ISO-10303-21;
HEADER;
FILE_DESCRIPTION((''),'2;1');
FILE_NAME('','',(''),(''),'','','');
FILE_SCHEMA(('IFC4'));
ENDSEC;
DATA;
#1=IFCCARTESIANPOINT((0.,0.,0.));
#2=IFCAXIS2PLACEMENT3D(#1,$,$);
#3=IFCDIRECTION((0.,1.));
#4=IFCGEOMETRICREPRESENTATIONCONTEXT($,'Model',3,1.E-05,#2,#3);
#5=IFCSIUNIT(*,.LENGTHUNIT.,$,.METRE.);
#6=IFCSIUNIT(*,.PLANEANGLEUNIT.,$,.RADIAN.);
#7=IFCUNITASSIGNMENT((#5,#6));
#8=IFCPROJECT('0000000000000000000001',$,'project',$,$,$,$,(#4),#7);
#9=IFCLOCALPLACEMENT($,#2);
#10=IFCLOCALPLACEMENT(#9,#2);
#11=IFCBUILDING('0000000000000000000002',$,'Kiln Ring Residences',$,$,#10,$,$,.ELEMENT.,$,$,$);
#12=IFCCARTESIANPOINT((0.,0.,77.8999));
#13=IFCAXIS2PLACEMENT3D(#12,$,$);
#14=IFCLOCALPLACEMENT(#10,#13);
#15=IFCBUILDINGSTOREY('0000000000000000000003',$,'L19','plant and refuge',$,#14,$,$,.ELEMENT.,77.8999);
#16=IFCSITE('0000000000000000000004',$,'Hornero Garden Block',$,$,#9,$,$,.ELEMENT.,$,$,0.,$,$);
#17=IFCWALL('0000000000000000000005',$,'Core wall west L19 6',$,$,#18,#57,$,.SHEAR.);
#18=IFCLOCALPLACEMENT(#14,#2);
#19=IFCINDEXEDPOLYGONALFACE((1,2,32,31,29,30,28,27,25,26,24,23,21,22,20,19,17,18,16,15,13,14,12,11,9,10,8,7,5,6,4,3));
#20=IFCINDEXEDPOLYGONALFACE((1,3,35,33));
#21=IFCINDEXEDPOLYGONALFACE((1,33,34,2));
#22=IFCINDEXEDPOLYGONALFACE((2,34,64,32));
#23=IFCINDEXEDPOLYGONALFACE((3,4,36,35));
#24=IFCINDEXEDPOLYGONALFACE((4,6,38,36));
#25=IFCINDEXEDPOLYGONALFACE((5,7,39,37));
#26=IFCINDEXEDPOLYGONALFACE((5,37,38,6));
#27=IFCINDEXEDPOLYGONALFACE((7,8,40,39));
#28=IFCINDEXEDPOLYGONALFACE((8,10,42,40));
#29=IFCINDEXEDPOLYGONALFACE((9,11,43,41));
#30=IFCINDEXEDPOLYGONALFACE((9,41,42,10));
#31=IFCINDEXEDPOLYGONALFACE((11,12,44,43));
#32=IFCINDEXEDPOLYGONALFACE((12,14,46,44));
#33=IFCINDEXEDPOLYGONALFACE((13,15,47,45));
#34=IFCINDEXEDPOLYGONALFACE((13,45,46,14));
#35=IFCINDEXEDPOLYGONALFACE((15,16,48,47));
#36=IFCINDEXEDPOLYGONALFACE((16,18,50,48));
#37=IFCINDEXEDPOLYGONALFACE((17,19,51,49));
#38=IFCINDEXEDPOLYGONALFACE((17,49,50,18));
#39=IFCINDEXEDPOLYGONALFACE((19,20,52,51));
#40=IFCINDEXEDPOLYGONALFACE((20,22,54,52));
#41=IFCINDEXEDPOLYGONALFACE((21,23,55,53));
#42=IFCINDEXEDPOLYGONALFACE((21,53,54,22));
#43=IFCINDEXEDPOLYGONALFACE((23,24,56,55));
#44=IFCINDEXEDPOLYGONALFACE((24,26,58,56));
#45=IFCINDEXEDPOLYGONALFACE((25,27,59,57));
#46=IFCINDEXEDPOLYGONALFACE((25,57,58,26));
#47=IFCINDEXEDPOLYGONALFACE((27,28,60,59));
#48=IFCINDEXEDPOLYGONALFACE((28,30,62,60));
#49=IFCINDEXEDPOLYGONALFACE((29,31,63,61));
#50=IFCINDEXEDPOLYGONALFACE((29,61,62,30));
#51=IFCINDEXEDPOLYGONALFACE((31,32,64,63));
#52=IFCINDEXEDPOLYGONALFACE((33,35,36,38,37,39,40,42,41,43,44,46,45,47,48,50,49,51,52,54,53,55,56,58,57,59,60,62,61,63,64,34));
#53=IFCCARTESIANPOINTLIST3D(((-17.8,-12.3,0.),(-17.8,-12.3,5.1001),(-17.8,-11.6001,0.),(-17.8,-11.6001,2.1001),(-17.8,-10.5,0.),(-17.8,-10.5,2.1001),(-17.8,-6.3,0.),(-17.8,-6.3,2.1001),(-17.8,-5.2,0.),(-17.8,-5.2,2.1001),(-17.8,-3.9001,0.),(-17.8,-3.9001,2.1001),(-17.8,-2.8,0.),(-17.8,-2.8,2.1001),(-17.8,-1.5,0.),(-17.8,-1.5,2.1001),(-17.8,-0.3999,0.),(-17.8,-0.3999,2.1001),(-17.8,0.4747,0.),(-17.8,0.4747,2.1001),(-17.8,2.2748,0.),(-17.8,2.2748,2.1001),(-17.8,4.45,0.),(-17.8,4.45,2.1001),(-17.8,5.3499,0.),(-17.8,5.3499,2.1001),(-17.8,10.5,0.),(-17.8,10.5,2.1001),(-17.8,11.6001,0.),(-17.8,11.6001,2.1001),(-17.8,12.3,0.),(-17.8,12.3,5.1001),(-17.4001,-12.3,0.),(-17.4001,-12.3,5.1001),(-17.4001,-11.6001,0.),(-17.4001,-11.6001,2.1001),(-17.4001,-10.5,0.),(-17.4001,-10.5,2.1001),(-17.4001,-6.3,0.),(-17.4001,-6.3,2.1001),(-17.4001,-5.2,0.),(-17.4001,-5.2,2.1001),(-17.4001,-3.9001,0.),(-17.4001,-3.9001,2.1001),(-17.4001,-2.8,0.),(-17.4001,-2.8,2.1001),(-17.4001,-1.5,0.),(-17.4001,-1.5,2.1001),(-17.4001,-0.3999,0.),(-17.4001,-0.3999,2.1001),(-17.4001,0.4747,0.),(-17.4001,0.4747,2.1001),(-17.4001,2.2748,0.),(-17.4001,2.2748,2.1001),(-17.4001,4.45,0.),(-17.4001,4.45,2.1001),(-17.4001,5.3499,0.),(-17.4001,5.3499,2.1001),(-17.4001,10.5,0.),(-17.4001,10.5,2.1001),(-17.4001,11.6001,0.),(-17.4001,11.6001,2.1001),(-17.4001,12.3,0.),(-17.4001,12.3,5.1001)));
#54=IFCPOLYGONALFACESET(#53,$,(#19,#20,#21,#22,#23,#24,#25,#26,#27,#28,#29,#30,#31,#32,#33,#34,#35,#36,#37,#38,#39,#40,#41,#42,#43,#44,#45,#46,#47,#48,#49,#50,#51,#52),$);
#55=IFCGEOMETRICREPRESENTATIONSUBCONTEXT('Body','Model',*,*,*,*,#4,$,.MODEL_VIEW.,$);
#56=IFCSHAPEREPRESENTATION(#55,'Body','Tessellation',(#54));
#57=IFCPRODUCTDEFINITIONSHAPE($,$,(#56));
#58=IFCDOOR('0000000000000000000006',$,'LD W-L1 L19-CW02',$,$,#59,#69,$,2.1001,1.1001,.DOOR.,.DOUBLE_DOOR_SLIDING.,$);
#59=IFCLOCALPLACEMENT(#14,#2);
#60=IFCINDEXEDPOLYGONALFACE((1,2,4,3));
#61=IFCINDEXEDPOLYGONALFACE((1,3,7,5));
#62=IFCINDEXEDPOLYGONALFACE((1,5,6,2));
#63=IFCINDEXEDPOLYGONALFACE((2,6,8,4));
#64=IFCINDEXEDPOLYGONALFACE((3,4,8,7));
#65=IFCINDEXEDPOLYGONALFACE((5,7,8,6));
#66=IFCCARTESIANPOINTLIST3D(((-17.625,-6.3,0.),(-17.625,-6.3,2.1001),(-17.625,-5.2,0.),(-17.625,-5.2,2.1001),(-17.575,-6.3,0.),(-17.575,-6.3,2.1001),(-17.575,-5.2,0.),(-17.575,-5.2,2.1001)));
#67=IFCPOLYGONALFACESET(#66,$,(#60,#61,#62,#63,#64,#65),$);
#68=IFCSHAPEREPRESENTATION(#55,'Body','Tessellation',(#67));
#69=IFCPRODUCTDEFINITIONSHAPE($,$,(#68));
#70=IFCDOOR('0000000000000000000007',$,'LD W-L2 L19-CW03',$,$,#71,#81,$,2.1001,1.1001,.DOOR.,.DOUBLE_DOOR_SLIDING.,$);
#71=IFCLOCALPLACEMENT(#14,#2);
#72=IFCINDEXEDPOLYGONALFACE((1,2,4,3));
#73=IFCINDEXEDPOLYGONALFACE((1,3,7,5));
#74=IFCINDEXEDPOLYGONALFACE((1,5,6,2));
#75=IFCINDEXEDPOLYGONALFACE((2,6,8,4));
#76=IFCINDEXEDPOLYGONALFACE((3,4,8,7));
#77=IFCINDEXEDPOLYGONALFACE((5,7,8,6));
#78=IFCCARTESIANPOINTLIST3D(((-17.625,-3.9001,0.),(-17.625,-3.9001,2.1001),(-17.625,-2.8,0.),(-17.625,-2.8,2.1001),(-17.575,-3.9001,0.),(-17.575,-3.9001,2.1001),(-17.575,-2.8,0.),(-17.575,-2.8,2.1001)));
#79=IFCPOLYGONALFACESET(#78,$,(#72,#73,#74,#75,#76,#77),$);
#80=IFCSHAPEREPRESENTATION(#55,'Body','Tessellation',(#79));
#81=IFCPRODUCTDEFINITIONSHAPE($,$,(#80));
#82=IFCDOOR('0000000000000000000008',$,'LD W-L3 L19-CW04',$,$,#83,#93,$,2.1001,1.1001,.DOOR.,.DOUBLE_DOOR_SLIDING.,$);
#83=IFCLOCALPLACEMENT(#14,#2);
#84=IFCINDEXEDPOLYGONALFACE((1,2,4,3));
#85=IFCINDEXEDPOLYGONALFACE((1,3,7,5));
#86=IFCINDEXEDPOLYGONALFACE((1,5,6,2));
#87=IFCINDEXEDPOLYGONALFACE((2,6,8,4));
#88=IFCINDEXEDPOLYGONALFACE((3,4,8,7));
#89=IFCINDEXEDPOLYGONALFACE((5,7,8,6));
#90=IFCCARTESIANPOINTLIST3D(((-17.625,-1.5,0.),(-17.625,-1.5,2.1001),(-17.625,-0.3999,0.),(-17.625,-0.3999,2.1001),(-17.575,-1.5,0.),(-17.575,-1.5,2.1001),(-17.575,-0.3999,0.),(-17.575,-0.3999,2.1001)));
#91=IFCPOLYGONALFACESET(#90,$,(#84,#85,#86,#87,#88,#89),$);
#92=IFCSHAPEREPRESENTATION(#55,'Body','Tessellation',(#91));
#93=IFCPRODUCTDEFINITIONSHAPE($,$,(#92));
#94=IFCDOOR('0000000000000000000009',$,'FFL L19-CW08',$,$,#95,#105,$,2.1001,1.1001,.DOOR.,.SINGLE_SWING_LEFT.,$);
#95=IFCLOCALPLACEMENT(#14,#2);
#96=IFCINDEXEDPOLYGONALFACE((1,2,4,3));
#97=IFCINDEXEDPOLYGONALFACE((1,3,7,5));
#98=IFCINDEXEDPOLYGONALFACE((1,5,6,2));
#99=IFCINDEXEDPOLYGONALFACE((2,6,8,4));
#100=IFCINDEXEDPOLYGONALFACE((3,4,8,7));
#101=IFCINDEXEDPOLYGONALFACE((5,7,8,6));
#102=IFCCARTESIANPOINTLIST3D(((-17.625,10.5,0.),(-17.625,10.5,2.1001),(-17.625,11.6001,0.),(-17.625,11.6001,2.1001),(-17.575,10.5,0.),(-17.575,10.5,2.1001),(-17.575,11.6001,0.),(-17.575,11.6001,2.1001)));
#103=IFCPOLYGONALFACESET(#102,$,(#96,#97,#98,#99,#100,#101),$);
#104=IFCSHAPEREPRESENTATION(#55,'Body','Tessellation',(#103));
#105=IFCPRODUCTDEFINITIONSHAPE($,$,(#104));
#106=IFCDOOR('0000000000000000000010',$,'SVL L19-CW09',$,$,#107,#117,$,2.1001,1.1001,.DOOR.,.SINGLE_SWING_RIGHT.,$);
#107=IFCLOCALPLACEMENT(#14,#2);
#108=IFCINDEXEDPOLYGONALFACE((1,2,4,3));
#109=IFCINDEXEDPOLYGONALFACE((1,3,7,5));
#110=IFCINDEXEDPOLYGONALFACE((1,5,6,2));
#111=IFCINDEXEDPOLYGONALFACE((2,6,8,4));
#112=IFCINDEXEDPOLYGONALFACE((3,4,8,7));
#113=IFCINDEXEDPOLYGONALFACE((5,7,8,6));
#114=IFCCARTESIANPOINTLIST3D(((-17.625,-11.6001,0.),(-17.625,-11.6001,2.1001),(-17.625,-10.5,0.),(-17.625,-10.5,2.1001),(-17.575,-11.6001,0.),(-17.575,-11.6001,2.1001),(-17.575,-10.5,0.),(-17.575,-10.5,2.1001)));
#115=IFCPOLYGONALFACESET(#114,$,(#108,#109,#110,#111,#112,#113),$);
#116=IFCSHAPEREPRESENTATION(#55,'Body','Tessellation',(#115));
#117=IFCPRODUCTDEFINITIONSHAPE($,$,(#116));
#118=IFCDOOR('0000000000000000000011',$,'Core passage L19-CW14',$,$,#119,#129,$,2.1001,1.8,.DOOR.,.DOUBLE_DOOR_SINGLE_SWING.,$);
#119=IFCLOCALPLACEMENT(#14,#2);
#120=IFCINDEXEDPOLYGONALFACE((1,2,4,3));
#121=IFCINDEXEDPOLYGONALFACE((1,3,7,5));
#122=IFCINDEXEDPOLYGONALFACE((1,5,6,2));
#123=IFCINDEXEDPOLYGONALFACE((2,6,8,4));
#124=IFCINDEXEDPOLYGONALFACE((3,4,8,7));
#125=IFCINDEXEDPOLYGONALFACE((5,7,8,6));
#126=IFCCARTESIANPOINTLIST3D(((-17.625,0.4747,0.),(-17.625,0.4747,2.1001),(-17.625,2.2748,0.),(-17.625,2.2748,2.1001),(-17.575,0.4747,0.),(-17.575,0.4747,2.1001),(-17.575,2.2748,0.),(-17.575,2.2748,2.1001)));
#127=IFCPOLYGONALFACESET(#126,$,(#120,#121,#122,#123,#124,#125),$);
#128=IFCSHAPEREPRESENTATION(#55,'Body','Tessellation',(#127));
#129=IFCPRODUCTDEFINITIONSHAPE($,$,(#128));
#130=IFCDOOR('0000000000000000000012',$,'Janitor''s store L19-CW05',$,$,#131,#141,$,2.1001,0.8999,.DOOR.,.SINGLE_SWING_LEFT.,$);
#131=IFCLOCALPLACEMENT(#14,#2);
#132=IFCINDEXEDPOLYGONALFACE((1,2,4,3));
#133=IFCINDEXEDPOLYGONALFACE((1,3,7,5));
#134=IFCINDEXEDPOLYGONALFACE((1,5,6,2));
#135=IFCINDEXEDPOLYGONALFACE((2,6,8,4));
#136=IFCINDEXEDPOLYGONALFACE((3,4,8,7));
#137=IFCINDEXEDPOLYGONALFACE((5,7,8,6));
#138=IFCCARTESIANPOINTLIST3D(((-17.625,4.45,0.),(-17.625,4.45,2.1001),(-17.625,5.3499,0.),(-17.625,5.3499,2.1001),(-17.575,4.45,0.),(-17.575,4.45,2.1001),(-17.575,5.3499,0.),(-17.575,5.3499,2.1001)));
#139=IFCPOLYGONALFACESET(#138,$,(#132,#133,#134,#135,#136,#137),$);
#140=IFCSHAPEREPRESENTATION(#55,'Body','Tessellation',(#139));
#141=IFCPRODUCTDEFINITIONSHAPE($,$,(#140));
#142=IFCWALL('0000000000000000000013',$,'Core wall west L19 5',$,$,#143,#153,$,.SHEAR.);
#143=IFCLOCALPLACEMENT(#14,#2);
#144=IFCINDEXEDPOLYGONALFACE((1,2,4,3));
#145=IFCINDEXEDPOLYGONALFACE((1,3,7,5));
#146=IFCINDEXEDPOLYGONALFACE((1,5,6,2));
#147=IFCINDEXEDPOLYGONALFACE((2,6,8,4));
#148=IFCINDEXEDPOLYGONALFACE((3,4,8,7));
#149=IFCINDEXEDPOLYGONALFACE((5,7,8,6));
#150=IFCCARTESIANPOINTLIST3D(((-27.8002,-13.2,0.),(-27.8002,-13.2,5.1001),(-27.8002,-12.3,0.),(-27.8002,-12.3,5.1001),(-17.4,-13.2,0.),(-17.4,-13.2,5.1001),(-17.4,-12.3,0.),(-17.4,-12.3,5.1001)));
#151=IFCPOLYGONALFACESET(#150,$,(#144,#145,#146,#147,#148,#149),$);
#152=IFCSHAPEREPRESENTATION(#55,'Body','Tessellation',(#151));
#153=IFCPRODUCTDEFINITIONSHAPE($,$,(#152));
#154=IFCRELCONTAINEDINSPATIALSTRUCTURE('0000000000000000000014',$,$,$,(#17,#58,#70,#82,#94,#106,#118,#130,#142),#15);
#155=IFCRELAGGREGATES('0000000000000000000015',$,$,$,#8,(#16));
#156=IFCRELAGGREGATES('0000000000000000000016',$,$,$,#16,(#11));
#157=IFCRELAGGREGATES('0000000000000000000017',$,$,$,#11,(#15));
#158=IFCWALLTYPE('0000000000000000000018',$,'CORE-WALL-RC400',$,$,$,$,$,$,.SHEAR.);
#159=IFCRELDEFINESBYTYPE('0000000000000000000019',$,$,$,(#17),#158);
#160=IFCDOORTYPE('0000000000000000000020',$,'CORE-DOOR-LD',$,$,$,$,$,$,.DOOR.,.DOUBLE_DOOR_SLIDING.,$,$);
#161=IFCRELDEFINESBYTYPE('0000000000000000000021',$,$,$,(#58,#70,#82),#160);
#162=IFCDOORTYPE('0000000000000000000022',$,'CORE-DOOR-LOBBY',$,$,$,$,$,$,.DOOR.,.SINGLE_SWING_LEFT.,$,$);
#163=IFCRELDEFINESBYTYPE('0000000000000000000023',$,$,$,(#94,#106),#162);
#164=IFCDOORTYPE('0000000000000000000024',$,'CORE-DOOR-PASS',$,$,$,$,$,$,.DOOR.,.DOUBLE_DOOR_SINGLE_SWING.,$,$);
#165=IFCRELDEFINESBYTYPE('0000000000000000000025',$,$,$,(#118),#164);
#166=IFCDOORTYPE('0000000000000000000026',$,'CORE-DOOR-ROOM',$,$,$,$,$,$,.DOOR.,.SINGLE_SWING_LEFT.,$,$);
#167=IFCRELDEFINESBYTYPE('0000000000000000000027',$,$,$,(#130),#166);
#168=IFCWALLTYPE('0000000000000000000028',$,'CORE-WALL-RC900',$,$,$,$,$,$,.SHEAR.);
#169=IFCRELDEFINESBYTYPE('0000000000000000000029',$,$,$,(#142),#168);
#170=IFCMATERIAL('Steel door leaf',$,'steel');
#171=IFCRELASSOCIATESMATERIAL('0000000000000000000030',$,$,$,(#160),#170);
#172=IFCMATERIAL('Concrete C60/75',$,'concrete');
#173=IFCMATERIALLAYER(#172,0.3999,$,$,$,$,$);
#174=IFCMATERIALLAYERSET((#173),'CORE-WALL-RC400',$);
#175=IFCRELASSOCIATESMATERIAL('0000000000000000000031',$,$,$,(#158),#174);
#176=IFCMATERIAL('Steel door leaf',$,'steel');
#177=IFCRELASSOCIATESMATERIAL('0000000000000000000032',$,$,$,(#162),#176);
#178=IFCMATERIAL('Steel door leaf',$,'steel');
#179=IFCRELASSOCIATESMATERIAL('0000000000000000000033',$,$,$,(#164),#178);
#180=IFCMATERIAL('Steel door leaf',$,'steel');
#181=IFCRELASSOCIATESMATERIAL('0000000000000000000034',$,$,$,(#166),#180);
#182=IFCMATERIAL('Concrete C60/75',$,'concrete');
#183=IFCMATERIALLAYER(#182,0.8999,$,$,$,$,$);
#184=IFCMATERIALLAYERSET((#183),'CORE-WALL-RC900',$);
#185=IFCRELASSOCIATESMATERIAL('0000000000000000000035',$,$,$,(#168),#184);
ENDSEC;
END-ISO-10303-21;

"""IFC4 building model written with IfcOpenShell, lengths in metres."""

from ifc_helpers import new_model, si_unit, direction, frame, frame_2d, origin, place, context, subcontext, project, spatial, rectangle, extrude, material, layer, layer_set, type_object, element, fill, save


model = new_model("IFC4")

# Units and contexts
model_context = context("Model", 3, precision=1e-05, world=origin(), true_north=direction((0.0, 1.0)))
body_context = subcontext(model_context, "Body", "Model", "MODEL_VIEW")
ifc_project = project(units=[si_unit("LENGTHUNIT", "METRE"), si_unit("PLANEANGLEUNIT", "RADIAN")], contexts=[model_context])

# Site, building, storey
site_placement = place(None, origin())
site = spatial("IfcSite", under=ifc_project, at=site_placement, Name="Hornero Garden Block", CompositionType="ELEMENT", RefElevation=0.0)
building_placement = place(site_placement, origin())
building = spatial("IfcBuilding", under=site, at=building_placement, Name="Kiln Ring Residences", CompositionType="ELEMENT")
storey_placement = place(building_placement, frame((0.0, 0.0, 77.8999)))
storey = spatial("IfcBuildingStorey", under=building, at=storey_placement, Name="L19", Description="plant and refuge", CompositionType="ELEMENT", Elevation=77.8999)

# Shared definitions
ifc_material_1 = material(Name="Steel door leaf", Category="steel")
door_type_1 = type_object("IfcDoorType", Name="CORE-DOOR-LD", OperationType="DOUBLE_DOOR_SLIDING", PredefinedType="DOOR", material=ifc_material_1)

# Wall, openings, doors
ifc_material_2 = material(Name="Concrete C60/75", Category="concrete")
ifc_layer_1 = layer(ifc_material_2, 0.3999)
ifc_layer_set_1 = layer_set([ifc_layer_1], Name="CORE-WALL-RC400")
wall_type_1 = type_object("IfcWallType", Name="CORE-WALL-RC400", PredefinedType="SHEAR", material=ifc_layer_set_1)
wall_1_placement = place(storey_placement, frame((-17.6001, -12.3, 0.0), z_axis=(0.0, 0.0, 1.0), x_axis=(0.0, 1.0, 0.0)))
wall_1 = element("IfcWall", 1, at=wall_1_placement, inside=storey, type_object=wall_type_1, Name="Core wall west L19 6", PredefinedType="SHEAR", context=body_context, shape_type="SweptSolid", body=[
    extrude(rectangle(XDim=24.6001, YDim=0.3999, at=frame_2d((12.3, 0.0))), origin(), (0.0, 0.0, 1.0), 5.1001),
])
opening_1_placement = place(wall_1_placement, frame((6.0, 0.0, 0.0)))
opening_1 = element("IfcOpeningElement", 2, at=opening_1_placement, cuts=wall_1, PredefinedType="OPENING", context=body_context, shape_type="SweptSolid", body=[
    extrude(rectangle(XDim=1.1001, YDim=2.1001, at=frame_2d((0.55, 1.05))), frame((0.0, 0.21, 0.0), z_axis=(0.0, -1.0, 0.0), x_axis=(1.0, 0.0, 0.0)), (0.0, 0.0, 1.0), 0.4199),
])
opening_2_placement = place(wall_1_placement, frame((8.3999, 0.0, 0.0)))
opening_2 = element("IfcOpeningElement", 3, at=opening_2_placement, cuts=wall_1, PredefinedType="OPENING", context=body_context, shape_type="SweptSolid", body=[
    extrude(rectangle(XDim=1.1001, YDim=2.1001, at=frame_2d((0.55, 1.05))), frame((0.0, 0.21, 0.0), z_axis=(0.0, -1.0, 0.0), x_axis=(1.0, 0.0, 0.0)), (0.0, 0.0, 1.0), 0.4199),
])
opening_3_placement = place(wall_1_placement, frame((10.8, 0.0, 0.0)))
opening_3 = element("IfcOpeningElement", 4, at=opening_3_placement, cuts=wall_1, PredefinedType="OPENING", context=body_context, shape_type="SweptSolid", body=[
    extrude(rectangle(XDim=1.1001, YDim=2.1001, at=frame_2d((0.55, 1.05))), frame((0.0, 0.21, 0.0), z_axis=(0.0, -1.0, 0.0), x_axis=(1.0, 0.0, 0.0)), (0.0, 0.0, 1.0), 0.4199),
])
opening_4_placement = place(wall_1_placement, frame((16.75, 0.0, 0.0)))
opening_4 = element("IfcOpeningElement", 5, at=opening_4_placement, cuts=wall_1, PredefinedType="OPENING", context=body_context, shape_type="SweptSolid", body=[
    extrude(rectangle(XDim=0.8999, YDim=2.1001, at=frame_2d((0.45, 1.05))), frame((0.0, 0.21, 0.0), z_axis=(0.0, -1.0, 0.0), x_axis=(1.0, 0.0, 0.0)), (0.0, 0.0, 1.0), 0.4199),
])
opening_5_placement = place(wall_1_placement, frame((22.8, 0.0, 0.0)))
opening_5 = element("IfcOpeningElement", 6, at=opening_5_placement, cuts=wall_1, PredefinedType="OPENING", context=body_context, shape_type="SweptSolid", body=[
    extrude(rectangle(XDim=1.1001, YDim=2.1001, at=frame_2d((0.55, 1.05))), frame((0.0, 0.21, 0.0), z_axis=(0.0, -1.0, 0.0), x_axis=(1.0, 0.0, 0.0)), (0.0, 0.0, 1.0), 0.4199),
])
opening_6_placement = place(wall_1_placement, frame((0.7, 0.0, 0.0)))
opening_6 = element("IfcOpeningElement", 7, at=opening_6_placement, cuts=wall_1, PredefinedType="OPENING", context=body_context, shape_type="SweptSolid", body=[
    extrude(rectangle(XDim=1.1001, YDim=2.1001, at=frame_2d((0.55, 1.05))), frame((0.0, 0.21, 0.0), z_axis=(0.0, -1.0, 0.0), x_axis=(1.0, 0.0, 0.0)), (0.0, 0.0, 1.0), 0.4199),
])
opening_7_placement = place(wall_1_placement, frame((12.7749, 0.0, 0.0)))
opening_7 = element("IfcOpeningElement", 8, at=opening_7_placement, cuts=wall_1, PredefinedType="OPENING", context=body_context, shape_type="SweptSolid", body=[
    extrude(rectangle(XDim=1.8, YDim=2.1001, at=frame_2d((0.8999, 1.05))), frame((0.0, 0.21, 0.0), z_axis=(0.0, -1.0, 0.0), x_axis=(1.0, 0.0, 0.0)), (0.0, 0.0, 1.0), 0.4199),
])
door_1_placement = place(opening_1_placement, origin())
door_1 = element("IfcDoor", 9, at=door_1_placement, inside=storey, type_object=door_type_1, Name="LD W-L1 L19-CW02", OperationType="DOUBLE_DOOR_SLIDING", OverallHeight=2.1001, OverallWidth=1.1001, PredefinedType="DOOR", context=body_context, shape_type="SweptSolid", body=[
    extrude(rectangle(XDim=1.1001, YDim=2.1001, at=frame_2d((0.55, 1.05))), frame((0.0, 0.0249, 0.0), z_axis=(0.0, -1.0, 0.0), x_axis=(1.0, 0.0, 0.0)), (0.0, 0.0, 1.0), 0.05),
])
fill(opening_1, door_1)
door_2_placement = place(opening_2_placement, origin())
door_2 = element("IfcDoor", 10, at=door_2_placement, inside=storey, type_object=door_type_1, Name="LD W-L2 L19-CW03", OperationType="DOUBLE_DOOR_SLIDING", OverallHeight=2.1001, OverallWidth=1.1001, PredefinedType="DOOR", context=body_context, shape_type="SweptSolid", body=[
    extrude(rectangle(XDim=1.1001, YDim=2.1001, at=frame_2d((0.55, 1.05))), frame((0.0, 0.0249, 0.0), z_axis=(0.0, -1.0, 0.0), x_axis=(1.0, 0.0, 0.0)), (0.0, 0.0, 1.0), 0.05),
])
fill(opening_2, door_2)
door_3_placement = place(opening_3_placement, origin())
door_3 = element("IfcDoor", 11, at=door_3_placement, inside=storey, type_object=door_type_1, Name="LD W-L3 L19-CW04", OperationType="DOUBLE_DOOR_SLIDING", OverallHeight=2.1001, OverallWidth=1.1001, PredefinedType="DOOR", context=body_context, shape_type="SweptSolid", body=[
    extrude(rectangle(XDim=1.1001, YDim=2.1001, at=frame_2d((0.55, 1.05))), frame((0.0, 0.0249, 0.0), z_axis=(0.0, -1.0, 0.0), x_axis=(1.0, 0.0, 0.0)), (0.0, 0.0, 1.0), 0.05),
])
fill(opening_3, door_3)
ifc_material_3 = material(Name="Steel door leaf", Category="steel")
door_type_2 = type_object("IfcDoorType", Name="CORE-DOOR-LOBBY", OperationType="SINGLE_SWING_LEFT", PredefinedType="DOOR", material=ifc_material_3)
door_4_placement = place(opening_5_placement, origin())
door_4 = element("IfcDoor", 12, at=door_4_placement, inside=storey, type_object=door_type_2, Name="FFL L19-CW08", OperationType="SINGLE_SWING_LEFT", OverallHeight=2.1001, OverallWidth=1.1001, PredefinedType="DOOR", context=body_context, shape_type="SweptSolid", body=[
    extrude(rectangle(XDim=1.1001, YDim=2.1001, at=frame_2d((0.55, 1.05))), frame((0.0, 0.0249, 0.0), z_axis=(0.0, -1.0, 0.0), x_axis=(1.0, 0.0, 0.0)), (0.0, 0.0, 1.0), 0.05),
])
fill(opening_5, door_4)
door_5_placement = place(opening_6_placement, origin())
door_5 = element("IfcDoor", 13, at=door_5_placement, inside=storey, type_object=door_type_2, Name="SVL L19-CW09", OperationType="SINGLE_SWING_RIGHT", OverallHeight=2.1001, OverallWidth=1.1001, PredefinedType="DOOR", context=body_context, shape_type="SweptSolid", body=[
    extrude(rectangle(XDim=1.1001, YDim=2.1001, at=frame_2d((0.55, 1.05))), frame((0.0, 0.0249, 0.0), z_axis=(0.0, -1.0, 0.0), x_axis=(1.0, 0.0, 0.0)), (0.0, 0.0, 1.0), 0.05),
])
fill(opening_6, door_5)
ifc_material_4 = material(Name="Steel door leaf", Category="steel")
door_type_3 = type_object("IfcDoorType", Name="CORE-DOOR-PASS", OperationType="DOUBLE_DOOR_SINGLE_SWING", PredefinedType="DOOR", material=ifc_material_4)
door_6_placement = place(opening_7_placement, origin())
door_6 = element("IfcDoor", 14, at=door_6_placement, inside=storey, type_object=door_type_3, Name="Core passage L19-CW14", OperationType="DOUBLE_DOOR_SINGLE_SWING", OverallHeight=2.1001, OverallWidth=1.8, PredefinedType="DOOR", context=body_context, shape_type="SweptSolid", body=[
    extrude(rectangle(XDim=1.8, YDim=2.1001, at=frame_2d((0.8999, 1.05))), frame((0.0, 0.0249, 0.0), z_axis=(0.0, -1.0, 0.0), x_axis=(1.0, 0.0, 0.0)), (0.0, 0.0, 1.0), 0.05),
])
fill(opening_7, door_6)
ifc_material_5 = material(Name="Steel door leaf", Category="steel")
door_type_4 = type_object("IfcDoorType", Name="CORE-DOOR-ROOM", OperationType="SINGLE_SWING_LEFT", PredefinedType="DOOR", material=ifc_material_5)
door_7_placement = place(opening_4_placement, origin())
door_7 = element("IfcDoor", 15, at=door_7_placement, inside=storey, type_object=door_type_4, Name="Janitor's store L19-CW05", OperationType="SINGLE_SWING_LEFT", OverallHeight=2.1001, OverallWidth=0.8999, PredefinedType="DOOR", context=body_context, shape_type="SweptSolid", body=[
    extrude(rectangle(XDim=0.8999, YDim=2.1001, at=frame_2d((0.45, 1.05))), frame((0.0, 0.0249, 0.0), z_axis=(0.0, -1.0, 0.0), x_axis=(1.0, 0.0, 0.0)), (0.0, 0.0, 1.0), 0.05),
])
fill(opening_4, door_7)

# Wall
ifc_material_6 = material(Name="Concrete C60/75", Category="concrete")
ifc_layer_2 = layer(ifc_material_6, 0.8999)
ifc_layer_set_2 = layer_set([ifc_layer_2], Name="CORE-WALL-RC900")
wall_type_2 = type_object("IfcWallType", Name="CORE-WALL-RC900", PredefinedType="SHEAR", material=ifc_layer_set_2)
wall_2_placement = place(storey_placement, frame((-17.3999, -12.75, 0.0), z_axis=(0.0, 0.0, 1.0), x_axis=(-1.0, 0.0, 0.0)))
element("IfcWall", 16, at=wall_2_placement, inside=storey, type_object=wall_type_2, Name="Core wall west L19 5", PredefinedType="SHEAR", context=body_context, shape_type="SweptSolid", body=[
    extrude(rectangle(XDim=10.4001, YDim=0.8999, at=frame_2d((5.2002, 0.0))), origin(), (0.0, 0.0, 1.0), 5.1001),
])

save(model, "model.ifc")
